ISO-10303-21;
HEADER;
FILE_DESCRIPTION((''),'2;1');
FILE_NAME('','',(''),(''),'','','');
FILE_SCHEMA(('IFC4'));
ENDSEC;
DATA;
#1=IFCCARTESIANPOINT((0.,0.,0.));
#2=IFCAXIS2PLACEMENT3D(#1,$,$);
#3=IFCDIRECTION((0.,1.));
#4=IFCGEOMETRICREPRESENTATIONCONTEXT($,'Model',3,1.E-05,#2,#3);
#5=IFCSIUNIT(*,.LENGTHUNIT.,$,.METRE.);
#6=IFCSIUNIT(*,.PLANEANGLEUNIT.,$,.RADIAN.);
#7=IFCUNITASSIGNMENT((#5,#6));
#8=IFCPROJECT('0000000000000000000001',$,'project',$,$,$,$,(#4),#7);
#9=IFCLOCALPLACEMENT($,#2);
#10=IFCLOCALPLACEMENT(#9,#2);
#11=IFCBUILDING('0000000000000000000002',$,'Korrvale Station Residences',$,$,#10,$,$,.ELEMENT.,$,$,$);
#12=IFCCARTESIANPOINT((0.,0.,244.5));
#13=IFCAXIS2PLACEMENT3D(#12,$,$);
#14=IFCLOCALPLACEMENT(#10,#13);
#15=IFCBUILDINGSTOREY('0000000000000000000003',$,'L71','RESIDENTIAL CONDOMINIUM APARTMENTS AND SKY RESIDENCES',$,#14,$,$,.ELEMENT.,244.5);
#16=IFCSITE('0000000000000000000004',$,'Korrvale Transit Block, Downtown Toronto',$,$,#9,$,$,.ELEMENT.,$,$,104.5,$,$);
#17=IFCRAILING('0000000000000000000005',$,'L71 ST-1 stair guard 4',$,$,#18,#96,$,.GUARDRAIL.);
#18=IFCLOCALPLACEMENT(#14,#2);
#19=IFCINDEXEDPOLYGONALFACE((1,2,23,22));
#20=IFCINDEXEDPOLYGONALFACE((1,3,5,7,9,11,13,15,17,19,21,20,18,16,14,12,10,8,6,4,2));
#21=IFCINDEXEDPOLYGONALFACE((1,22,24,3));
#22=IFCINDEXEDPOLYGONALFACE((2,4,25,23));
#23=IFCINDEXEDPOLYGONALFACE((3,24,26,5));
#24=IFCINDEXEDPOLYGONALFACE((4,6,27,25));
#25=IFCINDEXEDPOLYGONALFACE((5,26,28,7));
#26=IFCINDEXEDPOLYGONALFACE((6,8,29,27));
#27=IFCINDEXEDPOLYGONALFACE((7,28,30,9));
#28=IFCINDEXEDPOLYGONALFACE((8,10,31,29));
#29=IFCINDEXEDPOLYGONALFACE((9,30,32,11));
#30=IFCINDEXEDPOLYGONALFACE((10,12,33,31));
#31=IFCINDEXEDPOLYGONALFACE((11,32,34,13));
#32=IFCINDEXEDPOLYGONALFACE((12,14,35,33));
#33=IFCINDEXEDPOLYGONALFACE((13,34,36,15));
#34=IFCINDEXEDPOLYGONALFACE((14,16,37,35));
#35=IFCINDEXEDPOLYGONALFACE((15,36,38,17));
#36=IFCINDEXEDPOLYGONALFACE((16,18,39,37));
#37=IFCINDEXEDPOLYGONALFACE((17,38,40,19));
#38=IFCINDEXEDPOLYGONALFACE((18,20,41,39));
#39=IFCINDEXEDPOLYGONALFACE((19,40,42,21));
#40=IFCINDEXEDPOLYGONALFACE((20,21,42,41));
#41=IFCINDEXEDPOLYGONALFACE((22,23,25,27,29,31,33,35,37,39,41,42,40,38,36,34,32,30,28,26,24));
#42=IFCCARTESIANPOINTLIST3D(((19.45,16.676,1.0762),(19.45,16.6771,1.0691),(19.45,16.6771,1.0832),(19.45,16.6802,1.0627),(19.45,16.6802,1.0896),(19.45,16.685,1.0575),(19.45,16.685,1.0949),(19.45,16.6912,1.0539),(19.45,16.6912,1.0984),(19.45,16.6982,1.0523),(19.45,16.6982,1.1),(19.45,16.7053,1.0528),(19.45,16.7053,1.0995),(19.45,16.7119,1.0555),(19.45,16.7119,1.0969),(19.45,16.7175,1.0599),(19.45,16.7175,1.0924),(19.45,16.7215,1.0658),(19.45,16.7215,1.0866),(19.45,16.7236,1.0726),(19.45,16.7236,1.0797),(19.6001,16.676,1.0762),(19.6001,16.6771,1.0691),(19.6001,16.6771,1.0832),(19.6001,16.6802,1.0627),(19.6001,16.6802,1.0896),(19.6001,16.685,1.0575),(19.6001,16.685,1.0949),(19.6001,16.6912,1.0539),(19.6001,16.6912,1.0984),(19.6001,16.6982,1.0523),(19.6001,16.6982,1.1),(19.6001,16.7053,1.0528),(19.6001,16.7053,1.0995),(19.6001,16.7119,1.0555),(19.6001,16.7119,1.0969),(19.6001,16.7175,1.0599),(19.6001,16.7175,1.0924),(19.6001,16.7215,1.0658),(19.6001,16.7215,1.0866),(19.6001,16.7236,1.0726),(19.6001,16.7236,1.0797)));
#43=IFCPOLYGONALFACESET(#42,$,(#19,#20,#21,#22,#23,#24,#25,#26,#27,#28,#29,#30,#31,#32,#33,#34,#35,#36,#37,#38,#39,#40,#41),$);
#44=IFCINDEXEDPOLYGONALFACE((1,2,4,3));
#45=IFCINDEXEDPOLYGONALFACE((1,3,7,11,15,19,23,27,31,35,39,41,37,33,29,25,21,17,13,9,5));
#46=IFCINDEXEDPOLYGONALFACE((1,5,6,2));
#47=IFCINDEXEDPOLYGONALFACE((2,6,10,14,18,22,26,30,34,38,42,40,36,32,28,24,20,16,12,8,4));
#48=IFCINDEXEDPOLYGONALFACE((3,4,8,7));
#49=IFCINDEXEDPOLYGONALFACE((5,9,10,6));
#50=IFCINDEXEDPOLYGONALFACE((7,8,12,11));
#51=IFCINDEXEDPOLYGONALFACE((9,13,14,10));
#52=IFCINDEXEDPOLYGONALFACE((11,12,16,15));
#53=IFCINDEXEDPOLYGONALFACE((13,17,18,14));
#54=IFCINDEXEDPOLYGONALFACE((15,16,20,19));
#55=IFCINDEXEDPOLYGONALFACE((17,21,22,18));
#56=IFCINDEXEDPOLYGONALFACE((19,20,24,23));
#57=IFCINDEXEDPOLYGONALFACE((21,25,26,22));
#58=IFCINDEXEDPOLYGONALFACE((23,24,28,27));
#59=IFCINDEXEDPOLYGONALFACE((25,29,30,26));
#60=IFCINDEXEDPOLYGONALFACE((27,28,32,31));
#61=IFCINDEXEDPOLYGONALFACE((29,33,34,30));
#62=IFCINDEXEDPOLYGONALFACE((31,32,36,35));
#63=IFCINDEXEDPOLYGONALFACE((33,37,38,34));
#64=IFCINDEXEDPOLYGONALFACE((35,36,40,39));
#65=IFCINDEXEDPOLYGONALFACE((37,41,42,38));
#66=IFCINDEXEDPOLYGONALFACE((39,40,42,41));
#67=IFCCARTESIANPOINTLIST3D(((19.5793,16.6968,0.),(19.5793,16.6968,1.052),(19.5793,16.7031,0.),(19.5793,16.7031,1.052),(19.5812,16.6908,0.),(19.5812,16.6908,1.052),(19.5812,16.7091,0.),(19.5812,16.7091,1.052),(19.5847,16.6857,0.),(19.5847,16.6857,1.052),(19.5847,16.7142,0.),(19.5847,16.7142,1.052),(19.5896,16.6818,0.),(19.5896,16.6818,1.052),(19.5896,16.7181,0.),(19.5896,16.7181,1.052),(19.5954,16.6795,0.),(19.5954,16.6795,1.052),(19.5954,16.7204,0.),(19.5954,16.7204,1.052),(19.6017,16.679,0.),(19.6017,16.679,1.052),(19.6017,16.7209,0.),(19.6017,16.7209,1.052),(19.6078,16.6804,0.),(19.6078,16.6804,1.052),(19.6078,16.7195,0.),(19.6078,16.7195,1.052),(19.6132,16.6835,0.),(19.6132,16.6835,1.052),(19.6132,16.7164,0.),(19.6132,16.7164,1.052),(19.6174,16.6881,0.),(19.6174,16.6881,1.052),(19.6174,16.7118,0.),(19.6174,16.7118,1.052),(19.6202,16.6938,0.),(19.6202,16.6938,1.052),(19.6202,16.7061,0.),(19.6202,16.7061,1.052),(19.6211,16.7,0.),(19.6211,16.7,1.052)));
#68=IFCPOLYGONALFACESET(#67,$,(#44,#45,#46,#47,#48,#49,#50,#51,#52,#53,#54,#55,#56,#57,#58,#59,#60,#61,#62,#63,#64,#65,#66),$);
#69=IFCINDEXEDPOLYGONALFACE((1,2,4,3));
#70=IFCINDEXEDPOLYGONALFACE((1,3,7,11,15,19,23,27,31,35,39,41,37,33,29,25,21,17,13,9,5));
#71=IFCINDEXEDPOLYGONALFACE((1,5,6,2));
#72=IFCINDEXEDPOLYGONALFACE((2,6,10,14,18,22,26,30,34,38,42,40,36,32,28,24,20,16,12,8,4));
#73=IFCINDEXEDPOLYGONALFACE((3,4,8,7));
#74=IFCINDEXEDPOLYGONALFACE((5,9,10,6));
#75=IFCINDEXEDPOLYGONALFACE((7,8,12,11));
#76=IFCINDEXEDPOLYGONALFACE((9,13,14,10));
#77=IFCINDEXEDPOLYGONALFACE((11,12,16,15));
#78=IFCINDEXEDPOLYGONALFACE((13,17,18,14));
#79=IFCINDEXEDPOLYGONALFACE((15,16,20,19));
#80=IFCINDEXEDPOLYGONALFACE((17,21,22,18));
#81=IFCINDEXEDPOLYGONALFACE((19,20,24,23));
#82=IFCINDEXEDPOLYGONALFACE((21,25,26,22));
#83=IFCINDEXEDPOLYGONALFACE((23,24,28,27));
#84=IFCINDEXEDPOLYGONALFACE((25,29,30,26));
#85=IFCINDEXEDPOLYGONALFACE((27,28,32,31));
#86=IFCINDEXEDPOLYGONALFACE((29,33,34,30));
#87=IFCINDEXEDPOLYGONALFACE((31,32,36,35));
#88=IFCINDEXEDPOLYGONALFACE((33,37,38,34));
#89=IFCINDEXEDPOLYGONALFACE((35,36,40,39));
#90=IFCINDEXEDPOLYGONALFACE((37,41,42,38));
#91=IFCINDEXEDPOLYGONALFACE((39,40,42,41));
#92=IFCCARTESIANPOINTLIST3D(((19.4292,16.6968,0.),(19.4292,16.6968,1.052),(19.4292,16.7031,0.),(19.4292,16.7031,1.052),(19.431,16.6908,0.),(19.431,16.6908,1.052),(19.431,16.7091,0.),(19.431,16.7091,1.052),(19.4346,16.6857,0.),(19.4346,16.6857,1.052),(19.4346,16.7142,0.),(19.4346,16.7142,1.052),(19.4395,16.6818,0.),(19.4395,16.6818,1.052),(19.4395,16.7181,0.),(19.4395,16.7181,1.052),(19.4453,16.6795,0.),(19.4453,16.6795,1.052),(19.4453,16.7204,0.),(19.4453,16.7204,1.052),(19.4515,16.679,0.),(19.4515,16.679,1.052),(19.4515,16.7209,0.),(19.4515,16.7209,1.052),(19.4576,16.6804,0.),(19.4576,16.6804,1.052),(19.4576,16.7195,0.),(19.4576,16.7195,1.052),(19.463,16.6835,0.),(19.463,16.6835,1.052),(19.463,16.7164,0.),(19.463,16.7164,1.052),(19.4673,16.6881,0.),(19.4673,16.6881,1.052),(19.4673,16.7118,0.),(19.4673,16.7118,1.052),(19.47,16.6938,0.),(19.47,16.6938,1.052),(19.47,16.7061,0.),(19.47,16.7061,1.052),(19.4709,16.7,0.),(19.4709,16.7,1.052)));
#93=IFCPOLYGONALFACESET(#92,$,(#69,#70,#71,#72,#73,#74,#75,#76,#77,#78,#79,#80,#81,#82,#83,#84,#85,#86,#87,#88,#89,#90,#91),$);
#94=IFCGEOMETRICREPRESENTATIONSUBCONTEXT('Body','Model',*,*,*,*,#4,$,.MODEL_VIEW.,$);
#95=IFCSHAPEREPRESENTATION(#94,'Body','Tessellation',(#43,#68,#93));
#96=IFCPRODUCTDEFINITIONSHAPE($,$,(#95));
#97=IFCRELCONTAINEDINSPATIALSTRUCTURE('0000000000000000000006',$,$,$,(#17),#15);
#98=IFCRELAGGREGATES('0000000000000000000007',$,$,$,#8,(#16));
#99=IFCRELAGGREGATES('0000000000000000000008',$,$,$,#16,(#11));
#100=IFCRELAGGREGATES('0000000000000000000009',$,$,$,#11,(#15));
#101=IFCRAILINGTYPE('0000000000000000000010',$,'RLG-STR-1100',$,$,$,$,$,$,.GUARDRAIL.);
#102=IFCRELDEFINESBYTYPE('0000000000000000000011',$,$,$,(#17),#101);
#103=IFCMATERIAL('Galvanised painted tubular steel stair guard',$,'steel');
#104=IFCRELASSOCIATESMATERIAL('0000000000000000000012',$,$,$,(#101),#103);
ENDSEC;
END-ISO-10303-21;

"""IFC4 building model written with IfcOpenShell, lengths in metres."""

from ifc_helpers import new_model, si_unit, direction, frame, origin, origin_2d, place, context, subcontext, project, spatial, circle, extrude, material, type_object, element, save


model = new_model("IFC4")

# Units and contexts
model_context = context("Model", 3, precision=1e-05, world=origin(), true_north=direction((0.0, 1.0)))
body_context = subcontext(model_context, "Body", "Model", "MODEL_VIEW")
ifc_project = project(units=[si_unit("LENGTHUNIT", "METRE"), si_unit("PLANEANGLEUNIT", "RADIAN")], contexts=[model_context])

# Site, building, storey
site_placement = place(None, origin())
site = spatial("IfcSite", under=ifc_project, at=site_placement, Name="Korrvale Transit Block, Downtown Toronto", CompositionType="ELEMENT", RefElevation=104.5)
building_placement = place(site_placement, origin())
building = spatial("IfcBuilding", under=site, at=building_placement, Name="Korrvale Station Residences", CompositionType="ELEMENT")
storey_placement = place(building_placement, frame((0.0, 0.0, 244.5)))
storey = spatial("IfcBuildingStorey", under=building, at=storey_placement, Name="L71", Description="RESIDENTIAL CONDOMINIUM APARTMENTS AND SKY RESIDENCES", CompositionType="ELEMENT", Elevation=244.5)

# Railing
ifc_material_1 = material(Name="Galvanised painted tubular steel stair guard", Category="steel")
railing_type_1 = type_object("IfcRailingType", Name="RLG-STR-1100", PredefinedType="GUARDRAIL", material=ifc_material_1)
railing_1_placement = place(storey_placement, frame((19.6001, 16.7, 0.0)))
element("IfcRailing", 1, at=railing_1_placement, inside=storey, type_object=railing_type_1, Name="L71 ST-1 stair guard 4", PredefinedType="GUARDRAIL", context=body_context, shape_type="SweptSolid", body=[
    extrude(circle(Radius=0.0239, at=origin_2d()), frame((0.0, 0.0, 1.0762), z_axis=(-1.0, 0.0, 0.0), x_axis=(0.0, -1.0, 0.0)), (0.0, 0.0, 1.0), 0.1501),
    extrude(circle(Radius=0.021, at=origin_2d()), origin(), (0.0, 0.0, 1.0), 1.052),
    extrude(circle(Radius=0.021, at=origin_2d()), frame((-0.1501, 0.0, 0.0)), (0.0, 0.0, 1.0), 1.052),
])

save(model, "model.ifc")
